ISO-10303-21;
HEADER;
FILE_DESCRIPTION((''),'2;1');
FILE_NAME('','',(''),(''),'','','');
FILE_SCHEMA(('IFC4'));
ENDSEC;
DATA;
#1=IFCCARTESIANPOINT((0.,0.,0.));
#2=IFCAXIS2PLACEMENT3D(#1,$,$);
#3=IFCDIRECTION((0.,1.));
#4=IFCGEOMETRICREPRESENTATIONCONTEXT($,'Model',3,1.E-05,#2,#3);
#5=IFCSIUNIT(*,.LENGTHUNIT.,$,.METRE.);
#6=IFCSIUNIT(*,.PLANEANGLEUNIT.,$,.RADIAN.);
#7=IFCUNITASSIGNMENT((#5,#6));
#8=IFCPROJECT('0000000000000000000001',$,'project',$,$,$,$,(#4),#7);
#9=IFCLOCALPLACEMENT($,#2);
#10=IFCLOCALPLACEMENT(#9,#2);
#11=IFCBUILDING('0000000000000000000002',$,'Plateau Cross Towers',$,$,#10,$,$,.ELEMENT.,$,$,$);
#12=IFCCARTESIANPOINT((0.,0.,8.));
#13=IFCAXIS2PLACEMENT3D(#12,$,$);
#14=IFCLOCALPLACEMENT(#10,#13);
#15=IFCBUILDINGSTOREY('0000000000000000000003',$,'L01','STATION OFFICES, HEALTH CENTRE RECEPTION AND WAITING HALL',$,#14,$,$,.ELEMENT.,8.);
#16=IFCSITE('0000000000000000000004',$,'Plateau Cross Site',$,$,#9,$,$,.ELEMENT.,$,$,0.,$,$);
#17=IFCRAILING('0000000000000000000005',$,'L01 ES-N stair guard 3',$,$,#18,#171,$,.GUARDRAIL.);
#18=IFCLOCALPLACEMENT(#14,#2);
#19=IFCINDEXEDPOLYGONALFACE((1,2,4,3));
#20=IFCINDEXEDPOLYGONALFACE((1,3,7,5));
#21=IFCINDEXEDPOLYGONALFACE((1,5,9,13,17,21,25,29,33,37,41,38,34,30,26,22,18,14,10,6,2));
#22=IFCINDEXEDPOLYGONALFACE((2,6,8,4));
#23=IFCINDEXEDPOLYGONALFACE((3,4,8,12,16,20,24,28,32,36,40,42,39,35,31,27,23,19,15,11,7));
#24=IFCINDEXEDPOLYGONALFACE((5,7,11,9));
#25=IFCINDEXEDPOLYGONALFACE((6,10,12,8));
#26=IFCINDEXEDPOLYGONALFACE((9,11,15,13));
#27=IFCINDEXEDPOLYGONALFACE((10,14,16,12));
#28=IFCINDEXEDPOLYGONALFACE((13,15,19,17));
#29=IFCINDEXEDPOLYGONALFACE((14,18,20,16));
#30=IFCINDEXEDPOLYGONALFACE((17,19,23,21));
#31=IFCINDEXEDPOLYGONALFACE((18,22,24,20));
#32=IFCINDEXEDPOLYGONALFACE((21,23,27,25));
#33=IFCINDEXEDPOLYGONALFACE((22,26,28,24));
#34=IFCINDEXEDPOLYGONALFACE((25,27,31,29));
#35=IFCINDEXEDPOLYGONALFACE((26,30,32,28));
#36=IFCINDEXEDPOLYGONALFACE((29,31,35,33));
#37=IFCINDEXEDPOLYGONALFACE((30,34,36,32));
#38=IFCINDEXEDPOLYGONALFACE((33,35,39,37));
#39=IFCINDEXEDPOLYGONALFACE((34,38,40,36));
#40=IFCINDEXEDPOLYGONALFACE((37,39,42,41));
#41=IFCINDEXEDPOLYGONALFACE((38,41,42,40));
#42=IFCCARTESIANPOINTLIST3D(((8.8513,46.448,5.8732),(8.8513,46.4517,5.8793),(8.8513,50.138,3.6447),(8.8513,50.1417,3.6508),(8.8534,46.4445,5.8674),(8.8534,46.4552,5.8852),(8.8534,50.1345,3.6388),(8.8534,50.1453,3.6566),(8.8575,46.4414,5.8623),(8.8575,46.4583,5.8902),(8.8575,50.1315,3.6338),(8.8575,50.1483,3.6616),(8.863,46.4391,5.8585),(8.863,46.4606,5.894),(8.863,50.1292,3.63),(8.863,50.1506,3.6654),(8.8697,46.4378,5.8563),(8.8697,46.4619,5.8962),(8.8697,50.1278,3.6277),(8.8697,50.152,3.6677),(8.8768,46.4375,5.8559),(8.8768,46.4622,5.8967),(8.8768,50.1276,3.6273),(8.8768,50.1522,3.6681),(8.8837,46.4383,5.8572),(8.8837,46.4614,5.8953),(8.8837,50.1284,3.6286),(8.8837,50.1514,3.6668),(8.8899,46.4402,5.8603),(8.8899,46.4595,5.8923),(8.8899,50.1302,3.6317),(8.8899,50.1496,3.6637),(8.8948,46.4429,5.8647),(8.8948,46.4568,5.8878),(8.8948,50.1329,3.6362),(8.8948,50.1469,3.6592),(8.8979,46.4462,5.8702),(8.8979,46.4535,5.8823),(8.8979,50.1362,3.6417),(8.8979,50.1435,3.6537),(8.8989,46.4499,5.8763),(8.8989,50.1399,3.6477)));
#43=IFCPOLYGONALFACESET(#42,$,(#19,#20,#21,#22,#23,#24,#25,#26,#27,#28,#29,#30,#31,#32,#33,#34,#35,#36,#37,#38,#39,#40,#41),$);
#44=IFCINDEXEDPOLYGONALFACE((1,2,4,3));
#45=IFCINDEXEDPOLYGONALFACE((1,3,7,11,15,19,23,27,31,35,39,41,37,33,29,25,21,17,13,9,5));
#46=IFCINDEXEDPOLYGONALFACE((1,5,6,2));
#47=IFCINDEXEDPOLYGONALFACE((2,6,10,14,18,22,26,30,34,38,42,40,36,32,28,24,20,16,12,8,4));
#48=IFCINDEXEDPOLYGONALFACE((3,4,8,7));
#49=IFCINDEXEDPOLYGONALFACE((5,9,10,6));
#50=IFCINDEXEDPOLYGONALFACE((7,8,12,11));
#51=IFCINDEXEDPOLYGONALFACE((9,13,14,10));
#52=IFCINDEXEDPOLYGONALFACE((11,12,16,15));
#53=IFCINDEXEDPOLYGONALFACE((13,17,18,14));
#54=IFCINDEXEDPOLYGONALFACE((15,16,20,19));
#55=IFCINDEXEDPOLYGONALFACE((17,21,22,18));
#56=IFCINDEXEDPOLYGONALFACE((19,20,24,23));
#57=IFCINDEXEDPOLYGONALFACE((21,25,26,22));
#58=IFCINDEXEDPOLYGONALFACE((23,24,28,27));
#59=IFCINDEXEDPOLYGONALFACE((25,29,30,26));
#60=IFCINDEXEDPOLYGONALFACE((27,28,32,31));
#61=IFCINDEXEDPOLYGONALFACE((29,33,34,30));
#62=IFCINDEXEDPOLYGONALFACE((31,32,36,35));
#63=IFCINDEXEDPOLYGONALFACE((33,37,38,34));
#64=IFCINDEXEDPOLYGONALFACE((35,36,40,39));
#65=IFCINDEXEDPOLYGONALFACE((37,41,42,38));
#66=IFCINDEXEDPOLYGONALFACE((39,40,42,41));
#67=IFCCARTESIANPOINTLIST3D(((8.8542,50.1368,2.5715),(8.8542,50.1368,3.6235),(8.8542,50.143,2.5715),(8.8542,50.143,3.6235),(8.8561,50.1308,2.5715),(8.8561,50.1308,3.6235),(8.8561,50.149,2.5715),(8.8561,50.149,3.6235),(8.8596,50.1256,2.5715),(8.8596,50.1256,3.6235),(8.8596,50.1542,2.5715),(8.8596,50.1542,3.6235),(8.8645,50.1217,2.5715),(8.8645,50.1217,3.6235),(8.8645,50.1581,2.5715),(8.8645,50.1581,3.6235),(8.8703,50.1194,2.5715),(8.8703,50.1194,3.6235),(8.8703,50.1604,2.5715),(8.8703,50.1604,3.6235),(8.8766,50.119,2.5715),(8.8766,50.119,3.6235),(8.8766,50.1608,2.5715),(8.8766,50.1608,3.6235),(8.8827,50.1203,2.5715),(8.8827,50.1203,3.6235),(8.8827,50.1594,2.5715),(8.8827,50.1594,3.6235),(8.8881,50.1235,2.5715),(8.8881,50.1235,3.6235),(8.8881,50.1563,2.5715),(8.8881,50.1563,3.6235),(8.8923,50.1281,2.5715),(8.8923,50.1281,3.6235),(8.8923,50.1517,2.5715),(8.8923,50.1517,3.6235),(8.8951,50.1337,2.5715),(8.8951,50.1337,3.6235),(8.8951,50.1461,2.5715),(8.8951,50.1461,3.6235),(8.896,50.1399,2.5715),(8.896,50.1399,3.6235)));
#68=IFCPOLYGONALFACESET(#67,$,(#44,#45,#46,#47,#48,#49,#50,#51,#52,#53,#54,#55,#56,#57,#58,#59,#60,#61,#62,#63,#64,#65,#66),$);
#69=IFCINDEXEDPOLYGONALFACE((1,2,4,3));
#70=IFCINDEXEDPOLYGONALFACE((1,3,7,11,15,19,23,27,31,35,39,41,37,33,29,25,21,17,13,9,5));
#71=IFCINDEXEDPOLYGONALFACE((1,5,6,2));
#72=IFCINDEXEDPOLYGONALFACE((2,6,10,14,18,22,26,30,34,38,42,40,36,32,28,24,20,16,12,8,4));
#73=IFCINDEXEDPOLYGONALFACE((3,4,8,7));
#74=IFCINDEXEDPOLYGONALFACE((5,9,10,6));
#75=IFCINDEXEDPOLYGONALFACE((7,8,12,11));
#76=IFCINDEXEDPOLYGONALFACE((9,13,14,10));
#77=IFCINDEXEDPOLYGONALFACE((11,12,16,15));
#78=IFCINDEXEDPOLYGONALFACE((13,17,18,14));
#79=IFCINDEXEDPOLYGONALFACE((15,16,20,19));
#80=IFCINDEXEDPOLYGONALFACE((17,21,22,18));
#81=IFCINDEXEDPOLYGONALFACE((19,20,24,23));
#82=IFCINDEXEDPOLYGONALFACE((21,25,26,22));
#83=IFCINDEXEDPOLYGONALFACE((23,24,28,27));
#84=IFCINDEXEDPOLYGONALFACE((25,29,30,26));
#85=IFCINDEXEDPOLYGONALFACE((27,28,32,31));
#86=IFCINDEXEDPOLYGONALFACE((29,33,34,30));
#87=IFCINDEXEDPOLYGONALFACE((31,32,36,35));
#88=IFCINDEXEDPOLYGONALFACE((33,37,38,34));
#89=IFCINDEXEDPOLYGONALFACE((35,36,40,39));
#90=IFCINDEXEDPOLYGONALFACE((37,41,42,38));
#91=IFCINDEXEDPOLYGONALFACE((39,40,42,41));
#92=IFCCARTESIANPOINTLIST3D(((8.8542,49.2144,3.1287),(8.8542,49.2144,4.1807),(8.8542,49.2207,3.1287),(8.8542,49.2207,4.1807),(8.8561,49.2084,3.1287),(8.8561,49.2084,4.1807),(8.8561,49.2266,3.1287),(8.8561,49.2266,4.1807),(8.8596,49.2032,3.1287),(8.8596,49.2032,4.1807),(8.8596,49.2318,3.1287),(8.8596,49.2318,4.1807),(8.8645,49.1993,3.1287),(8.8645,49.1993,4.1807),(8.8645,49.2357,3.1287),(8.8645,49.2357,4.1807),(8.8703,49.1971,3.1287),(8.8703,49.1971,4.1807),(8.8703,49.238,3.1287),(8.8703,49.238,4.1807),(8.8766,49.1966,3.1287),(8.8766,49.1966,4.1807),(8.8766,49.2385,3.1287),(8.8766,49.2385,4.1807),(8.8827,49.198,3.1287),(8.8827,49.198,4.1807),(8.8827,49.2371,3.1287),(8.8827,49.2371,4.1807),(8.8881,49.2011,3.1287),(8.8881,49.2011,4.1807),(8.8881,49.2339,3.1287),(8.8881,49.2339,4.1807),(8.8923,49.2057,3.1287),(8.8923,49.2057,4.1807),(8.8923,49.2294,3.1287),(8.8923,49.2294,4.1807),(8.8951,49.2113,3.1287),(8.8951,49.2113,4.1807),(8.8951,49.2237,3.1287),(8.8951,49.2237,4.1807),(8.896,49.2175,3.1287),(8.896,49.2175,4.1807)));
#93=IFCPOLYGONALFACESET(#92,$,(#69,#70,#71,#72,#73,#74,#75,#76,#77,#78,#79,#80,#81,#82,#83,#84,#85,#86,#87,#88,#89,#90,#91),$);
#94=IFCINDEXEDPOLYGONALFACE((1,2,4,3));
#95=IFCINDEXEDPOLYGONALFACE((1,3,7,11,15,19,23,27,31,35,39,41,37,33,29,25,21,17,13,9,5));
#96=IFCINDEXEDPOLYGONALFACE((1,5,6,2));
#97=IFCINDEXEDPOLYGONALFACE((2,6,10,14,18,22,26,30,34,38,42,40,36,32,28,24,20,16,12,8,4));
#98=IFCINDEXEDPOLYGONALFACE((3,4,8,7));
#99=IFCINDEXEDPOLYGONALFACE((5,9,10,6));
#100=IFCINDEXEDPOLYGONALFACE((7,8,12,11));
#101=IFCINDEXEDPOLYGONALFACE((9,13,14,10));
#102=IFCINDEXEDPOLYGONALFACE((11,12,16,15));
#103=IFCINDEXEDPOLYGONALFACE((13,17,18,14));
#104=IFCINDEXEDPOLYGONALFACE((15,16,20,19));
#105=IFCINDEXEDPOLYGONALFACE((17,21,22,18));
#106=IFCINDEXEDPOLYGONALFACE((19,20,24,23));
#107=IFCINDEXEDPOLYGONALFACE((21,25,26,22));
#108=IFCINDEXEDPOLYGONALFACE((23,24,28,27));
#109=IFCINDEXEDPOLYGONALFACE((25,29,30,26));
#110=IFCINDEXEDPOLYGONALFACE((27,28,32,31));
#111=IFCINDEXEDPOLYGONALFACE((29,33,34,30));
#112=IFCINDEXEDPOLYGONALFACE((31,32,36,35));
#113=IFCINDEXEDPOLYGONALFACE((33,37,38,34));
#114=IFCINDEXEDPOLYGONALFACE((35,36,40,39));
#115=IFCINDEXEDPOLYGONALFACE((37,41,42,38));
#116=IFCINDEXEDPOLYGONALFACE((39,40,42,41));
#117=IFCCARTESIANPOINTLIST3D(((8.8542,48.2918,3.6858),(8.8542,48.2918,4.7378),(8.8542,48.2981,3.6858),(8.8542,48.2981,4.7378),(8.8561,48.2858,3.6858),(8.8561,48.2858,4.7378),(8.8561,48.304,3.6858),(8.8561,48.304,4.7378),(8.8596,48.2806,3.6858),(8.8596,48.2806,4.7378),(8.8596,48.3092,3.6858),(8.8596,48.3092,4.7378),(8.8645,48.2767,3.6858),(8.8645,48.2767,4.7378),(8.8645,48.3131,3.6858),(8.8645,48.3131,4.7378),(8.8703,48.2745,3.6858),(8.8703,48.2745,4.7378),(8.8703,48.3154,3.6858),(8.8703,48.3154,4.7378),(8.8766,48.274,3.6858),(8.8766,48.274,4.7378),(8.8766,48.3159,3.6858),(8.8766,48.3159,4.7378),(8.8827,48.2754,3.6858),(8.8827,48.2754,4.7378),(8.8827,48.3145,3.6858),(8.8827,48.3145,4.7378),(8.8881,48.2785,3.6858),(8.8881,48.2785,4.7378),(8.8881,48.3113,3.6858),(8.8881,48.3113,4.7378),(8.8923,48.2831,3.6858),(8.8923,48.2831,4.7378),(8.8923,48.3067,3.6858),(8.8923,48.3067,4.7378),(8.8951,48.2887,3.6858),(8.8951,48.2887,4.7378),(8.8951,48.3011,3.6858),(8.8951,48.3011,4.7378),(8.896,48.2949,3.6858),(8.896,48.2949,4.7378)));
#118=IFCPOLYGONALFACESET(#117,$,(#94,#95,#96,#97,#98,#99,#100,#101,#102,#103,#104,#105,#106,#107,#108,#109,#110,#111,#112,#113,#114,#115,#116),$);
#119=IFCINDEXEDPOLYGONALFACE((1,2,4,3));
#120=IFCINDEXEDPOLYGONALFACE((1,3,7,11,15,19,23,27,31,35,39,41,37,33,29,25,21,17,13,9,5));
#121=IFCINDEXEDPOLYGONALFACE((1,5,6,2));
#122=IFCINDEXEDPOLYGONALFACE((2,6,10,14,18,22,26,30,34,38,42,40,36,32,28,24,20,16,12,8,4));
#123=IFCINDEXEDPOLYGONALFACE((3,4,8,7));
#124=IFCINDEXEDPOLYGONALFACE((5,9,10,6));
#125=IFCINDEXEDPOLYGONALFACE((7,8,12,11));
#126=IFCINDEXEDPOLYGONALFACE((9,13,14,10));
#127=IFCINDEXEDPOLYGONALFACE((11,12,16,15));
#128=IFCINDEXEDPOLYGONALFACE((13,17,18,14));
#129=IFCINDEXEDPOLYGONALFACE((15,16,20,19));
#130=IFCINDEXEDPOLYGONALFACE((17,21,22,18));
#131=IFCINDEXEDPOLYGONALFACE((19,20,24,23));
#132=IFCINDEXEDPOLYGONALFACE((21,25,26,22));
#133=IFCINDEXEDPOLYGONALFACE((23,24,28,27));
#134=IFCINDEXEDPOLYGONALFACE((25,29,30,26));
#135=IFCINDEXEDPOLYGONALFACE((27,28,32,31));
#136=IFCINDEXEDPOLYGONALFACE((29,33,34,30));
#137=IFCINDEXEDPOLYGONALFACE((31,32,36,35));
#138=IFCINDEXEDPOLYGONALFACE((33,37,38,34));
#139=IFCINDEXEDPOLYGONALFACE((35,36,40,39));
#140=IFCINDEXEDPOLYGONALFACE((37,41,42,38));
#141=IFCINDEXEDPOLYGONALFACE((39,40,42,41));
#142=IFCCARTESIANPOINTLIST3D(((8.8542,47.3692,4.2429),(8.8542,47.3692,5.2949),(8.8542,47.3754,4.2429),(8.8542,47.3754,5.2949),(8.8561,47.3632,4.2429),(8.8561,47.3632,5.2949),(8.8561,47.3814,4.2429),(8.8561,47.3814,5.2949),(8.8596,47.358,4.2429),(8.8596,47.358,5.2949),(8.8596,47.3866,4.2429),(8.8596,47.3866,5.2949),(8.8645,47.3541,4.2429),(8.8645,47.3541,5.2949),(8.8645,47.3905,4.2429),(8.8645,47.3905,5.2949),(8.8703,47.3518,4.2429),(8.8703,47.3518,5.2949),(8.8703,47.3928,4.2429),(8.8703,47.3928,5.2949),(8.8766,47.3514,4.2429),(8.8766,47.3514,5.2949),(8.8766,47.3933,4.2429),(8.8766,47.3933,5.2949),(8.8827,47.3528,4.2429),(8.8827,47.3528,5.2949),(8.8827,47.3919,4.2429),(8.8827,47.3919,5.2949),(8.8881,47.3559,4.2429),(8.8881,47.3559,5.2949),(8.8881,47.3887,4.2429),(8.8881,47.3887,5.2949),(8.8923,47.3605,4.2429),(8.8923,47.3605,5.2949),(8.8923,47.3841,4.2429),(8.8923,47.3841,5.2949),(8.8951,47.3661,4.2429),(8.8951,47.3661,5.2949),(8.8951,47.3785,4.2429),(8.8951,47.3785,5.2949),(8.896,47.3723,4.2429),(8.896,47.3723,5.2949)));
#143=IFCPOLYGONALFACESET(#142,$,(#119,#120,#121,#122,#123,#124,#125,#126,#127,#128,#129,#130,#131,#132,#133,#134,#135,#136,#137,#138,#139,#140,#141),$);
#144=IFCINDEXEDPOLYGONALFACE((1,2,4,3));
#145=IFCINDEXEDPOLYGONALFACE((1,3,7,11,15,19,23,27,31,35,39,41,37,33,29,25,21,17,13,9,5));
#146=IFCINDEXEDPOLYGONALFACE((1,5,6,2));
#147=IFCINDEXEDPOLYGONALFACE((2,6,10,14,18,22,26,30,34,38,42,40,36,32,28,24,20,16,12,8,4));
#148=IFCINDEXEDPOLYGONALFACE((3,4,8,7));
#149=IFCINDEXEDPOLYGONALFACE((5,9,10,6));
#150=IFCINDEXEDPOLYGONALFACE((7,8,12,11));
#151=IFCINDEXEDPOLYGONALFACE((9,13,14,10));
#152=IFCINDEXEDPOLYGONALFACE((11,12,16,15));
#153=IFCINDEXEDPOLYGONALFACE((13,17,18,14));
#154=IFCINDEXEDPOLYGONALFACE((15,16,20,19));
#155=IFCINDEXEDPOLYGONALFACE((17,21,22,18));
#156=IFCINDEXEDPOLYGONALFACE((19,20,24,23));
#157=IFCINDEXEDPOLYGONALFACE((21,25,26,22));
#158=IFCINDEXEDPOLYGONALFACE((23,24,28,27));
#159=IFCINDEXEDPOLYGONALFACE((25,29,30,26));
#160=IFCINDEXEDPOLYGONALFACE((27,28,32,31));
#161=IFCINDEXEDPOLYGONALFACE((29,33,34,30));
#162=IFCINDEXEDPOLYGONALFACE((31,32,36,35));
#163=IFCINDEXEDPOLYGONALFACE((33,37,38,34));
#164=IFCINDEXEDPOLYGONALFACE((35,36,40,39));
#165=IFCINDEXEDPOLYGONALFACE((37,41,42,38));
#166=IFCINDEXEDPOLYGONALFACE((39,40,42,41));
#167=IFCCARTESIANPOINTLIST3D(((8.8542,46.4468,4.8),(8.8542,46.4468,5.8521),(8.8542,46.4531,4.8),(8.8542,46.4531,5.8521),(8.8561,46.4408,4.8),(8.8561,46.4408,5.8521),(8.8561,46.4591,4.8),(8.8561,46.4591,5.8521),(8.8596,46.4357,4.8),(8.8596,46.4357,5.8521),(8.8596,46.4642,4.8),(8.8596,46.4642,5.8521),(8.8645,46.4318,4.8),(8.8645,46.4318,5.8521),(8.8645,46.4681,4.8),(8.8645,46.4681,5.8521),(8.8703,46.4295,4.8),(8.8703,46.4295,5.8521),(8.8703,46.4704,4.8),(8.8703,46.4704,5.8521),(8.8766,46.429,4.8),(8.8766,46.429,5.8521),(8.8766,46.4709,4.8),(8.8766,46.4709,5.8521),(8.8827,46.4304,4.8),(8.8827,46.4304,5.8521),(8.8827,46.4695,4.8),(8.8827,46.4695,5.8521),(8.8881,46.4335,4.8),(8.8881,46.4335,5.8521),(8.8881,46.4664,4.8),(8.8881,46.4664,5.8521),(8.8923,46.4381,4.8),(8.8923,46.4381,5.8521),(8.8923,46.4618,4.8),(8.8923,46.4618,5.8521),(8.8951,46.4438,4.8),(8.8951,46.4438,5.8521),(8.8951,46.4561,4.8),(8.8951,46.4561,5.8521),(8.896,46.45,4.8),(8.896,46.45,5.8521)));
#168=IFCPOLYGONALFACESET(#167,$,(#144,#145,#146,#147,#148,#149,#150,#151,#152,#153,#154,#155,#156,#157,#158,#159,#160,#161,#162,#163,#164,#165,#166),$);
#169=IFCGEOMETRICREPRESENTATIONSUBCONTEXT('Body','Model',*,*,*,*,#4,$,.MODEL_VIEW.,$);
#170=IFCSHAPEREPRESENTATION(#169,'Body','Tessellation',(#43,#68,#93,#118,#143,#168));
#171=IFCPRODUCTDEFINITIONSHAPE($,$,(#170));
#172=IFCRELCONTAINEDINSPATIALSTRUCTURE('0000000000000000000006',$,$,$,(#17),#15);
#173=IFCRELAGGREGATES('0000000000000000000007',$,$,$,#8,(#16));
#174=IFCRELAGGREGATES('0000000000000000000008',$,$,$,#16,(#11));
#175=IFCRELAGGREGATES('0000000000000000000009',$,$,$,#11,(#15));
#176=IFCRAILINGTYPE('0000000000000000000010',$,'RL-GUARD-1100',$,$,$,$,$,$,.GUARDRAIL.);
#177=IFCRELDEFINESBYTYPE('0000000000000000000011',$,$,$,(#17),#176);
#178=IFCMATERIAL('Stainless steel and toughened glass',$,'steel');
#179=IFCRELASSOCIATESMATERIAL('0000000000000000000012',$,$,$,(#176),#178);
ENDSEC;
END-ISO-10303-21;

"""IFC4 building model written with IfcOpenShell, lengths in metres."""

from ifc_helpers import new_model, si_unit, direction, frame, origin, origin_2d, place, context, subcontext, project, spatial, circle, extrude, material, type_object, element, save


model = new_model("IFC4")

# Units and contexts
model_context = context("Model", 3, precision=1e-05, world=origin(), true_north=direction((0.0, 1.0)))
body_context = subcontext(model_context, "Body", "Model", "MODEL_VIEW")
ifc_project = project(units=[si_unit("LENGTHUNIT", "METRE"), si_unit("PLANEANGLEUNIT", "RADIAN")], contexts=[model_context])

# Site, building, storey
site_placement = place(None, origin())
site = spatial("IfcSite", under=ifc_project, at=site_placement, Name="Plateau Cross Site", CompositionType="ELEMENT", RefElevation=0.0)
building_placement = place(site_placement, origin())
building = spatial("IfcBuilding", under=site, at=building_placement, Name="Plateau Cross Towers", CompositionType="ELEMENT")
storey_placement = place(building_placement, frame((0.0, 0.0, 8.0)))
storey = spatial("IfcBuildingStorey", under=building, at=storey_placement, Name="L01", Description="STATION OFFICES, HEALTH CENTRE RECEPTION AND WAITING HALL", CompositionType="ELEMENT", Elevation=8.0)

# Railing
ifc_material_1 = material(Name="Stainless steel and toughened glass", Category="steel")
railing_type_1 = type_object("IfcRailingType", Name="RL-GUARD-1100", PredefinedType="GUARDRAIL", material=ifc_material_1)
railing_1_placement = place(storey_placement, frame((8.875, 50.1399, 2.5715)))
element("IfcRailing", 1, at=railing_1_placement, inside=storey, type_object=railing_type_1, Name="L01 ES-N stair guard 3", PredefinedType="GUARDRAIL", context=body_context, shape_type="SweptSolid", body=[
    extrude(circle(Radius=0.0239, at=origin_2d()), frame((0.0, 0.0, 1.0762), z_axis=(0.0, -0.856, 0.516976), x_axis=(1.0, 0.0, 0.0)), (0.0, 0.0, 1.0), 4.3108),
    extrude(circle(Radius=0.021, at=origin_2d()), origin(), (0.0, 0.0, 1.0), 1.052),
    extrude(circle(Radius=0.021, at=origin_2d()), frame((0.0, -0.9224, 0.5571)), (0.0, 0.0, 1.0), 1.052),
    extrude(circle(Radius=0.021, at=origin_2d()), frame((0.0, -1.845, 1.1143)), (0.0, 0.0, 1.0), 1.052),
    extrude(circle(Radius=0.021, at=origin_2d()), frame((0.0, -2.7676, 1.6714)), (0.0, 0.0, 1.0), 1.052),
    extrude(circle(Radius=0.021, at=origin_2d()), frame((0.0, -3.6899, 2.2285)), (0.0, 0.0, 1.0), 1.052),
])

save(model, "model.ifc")
